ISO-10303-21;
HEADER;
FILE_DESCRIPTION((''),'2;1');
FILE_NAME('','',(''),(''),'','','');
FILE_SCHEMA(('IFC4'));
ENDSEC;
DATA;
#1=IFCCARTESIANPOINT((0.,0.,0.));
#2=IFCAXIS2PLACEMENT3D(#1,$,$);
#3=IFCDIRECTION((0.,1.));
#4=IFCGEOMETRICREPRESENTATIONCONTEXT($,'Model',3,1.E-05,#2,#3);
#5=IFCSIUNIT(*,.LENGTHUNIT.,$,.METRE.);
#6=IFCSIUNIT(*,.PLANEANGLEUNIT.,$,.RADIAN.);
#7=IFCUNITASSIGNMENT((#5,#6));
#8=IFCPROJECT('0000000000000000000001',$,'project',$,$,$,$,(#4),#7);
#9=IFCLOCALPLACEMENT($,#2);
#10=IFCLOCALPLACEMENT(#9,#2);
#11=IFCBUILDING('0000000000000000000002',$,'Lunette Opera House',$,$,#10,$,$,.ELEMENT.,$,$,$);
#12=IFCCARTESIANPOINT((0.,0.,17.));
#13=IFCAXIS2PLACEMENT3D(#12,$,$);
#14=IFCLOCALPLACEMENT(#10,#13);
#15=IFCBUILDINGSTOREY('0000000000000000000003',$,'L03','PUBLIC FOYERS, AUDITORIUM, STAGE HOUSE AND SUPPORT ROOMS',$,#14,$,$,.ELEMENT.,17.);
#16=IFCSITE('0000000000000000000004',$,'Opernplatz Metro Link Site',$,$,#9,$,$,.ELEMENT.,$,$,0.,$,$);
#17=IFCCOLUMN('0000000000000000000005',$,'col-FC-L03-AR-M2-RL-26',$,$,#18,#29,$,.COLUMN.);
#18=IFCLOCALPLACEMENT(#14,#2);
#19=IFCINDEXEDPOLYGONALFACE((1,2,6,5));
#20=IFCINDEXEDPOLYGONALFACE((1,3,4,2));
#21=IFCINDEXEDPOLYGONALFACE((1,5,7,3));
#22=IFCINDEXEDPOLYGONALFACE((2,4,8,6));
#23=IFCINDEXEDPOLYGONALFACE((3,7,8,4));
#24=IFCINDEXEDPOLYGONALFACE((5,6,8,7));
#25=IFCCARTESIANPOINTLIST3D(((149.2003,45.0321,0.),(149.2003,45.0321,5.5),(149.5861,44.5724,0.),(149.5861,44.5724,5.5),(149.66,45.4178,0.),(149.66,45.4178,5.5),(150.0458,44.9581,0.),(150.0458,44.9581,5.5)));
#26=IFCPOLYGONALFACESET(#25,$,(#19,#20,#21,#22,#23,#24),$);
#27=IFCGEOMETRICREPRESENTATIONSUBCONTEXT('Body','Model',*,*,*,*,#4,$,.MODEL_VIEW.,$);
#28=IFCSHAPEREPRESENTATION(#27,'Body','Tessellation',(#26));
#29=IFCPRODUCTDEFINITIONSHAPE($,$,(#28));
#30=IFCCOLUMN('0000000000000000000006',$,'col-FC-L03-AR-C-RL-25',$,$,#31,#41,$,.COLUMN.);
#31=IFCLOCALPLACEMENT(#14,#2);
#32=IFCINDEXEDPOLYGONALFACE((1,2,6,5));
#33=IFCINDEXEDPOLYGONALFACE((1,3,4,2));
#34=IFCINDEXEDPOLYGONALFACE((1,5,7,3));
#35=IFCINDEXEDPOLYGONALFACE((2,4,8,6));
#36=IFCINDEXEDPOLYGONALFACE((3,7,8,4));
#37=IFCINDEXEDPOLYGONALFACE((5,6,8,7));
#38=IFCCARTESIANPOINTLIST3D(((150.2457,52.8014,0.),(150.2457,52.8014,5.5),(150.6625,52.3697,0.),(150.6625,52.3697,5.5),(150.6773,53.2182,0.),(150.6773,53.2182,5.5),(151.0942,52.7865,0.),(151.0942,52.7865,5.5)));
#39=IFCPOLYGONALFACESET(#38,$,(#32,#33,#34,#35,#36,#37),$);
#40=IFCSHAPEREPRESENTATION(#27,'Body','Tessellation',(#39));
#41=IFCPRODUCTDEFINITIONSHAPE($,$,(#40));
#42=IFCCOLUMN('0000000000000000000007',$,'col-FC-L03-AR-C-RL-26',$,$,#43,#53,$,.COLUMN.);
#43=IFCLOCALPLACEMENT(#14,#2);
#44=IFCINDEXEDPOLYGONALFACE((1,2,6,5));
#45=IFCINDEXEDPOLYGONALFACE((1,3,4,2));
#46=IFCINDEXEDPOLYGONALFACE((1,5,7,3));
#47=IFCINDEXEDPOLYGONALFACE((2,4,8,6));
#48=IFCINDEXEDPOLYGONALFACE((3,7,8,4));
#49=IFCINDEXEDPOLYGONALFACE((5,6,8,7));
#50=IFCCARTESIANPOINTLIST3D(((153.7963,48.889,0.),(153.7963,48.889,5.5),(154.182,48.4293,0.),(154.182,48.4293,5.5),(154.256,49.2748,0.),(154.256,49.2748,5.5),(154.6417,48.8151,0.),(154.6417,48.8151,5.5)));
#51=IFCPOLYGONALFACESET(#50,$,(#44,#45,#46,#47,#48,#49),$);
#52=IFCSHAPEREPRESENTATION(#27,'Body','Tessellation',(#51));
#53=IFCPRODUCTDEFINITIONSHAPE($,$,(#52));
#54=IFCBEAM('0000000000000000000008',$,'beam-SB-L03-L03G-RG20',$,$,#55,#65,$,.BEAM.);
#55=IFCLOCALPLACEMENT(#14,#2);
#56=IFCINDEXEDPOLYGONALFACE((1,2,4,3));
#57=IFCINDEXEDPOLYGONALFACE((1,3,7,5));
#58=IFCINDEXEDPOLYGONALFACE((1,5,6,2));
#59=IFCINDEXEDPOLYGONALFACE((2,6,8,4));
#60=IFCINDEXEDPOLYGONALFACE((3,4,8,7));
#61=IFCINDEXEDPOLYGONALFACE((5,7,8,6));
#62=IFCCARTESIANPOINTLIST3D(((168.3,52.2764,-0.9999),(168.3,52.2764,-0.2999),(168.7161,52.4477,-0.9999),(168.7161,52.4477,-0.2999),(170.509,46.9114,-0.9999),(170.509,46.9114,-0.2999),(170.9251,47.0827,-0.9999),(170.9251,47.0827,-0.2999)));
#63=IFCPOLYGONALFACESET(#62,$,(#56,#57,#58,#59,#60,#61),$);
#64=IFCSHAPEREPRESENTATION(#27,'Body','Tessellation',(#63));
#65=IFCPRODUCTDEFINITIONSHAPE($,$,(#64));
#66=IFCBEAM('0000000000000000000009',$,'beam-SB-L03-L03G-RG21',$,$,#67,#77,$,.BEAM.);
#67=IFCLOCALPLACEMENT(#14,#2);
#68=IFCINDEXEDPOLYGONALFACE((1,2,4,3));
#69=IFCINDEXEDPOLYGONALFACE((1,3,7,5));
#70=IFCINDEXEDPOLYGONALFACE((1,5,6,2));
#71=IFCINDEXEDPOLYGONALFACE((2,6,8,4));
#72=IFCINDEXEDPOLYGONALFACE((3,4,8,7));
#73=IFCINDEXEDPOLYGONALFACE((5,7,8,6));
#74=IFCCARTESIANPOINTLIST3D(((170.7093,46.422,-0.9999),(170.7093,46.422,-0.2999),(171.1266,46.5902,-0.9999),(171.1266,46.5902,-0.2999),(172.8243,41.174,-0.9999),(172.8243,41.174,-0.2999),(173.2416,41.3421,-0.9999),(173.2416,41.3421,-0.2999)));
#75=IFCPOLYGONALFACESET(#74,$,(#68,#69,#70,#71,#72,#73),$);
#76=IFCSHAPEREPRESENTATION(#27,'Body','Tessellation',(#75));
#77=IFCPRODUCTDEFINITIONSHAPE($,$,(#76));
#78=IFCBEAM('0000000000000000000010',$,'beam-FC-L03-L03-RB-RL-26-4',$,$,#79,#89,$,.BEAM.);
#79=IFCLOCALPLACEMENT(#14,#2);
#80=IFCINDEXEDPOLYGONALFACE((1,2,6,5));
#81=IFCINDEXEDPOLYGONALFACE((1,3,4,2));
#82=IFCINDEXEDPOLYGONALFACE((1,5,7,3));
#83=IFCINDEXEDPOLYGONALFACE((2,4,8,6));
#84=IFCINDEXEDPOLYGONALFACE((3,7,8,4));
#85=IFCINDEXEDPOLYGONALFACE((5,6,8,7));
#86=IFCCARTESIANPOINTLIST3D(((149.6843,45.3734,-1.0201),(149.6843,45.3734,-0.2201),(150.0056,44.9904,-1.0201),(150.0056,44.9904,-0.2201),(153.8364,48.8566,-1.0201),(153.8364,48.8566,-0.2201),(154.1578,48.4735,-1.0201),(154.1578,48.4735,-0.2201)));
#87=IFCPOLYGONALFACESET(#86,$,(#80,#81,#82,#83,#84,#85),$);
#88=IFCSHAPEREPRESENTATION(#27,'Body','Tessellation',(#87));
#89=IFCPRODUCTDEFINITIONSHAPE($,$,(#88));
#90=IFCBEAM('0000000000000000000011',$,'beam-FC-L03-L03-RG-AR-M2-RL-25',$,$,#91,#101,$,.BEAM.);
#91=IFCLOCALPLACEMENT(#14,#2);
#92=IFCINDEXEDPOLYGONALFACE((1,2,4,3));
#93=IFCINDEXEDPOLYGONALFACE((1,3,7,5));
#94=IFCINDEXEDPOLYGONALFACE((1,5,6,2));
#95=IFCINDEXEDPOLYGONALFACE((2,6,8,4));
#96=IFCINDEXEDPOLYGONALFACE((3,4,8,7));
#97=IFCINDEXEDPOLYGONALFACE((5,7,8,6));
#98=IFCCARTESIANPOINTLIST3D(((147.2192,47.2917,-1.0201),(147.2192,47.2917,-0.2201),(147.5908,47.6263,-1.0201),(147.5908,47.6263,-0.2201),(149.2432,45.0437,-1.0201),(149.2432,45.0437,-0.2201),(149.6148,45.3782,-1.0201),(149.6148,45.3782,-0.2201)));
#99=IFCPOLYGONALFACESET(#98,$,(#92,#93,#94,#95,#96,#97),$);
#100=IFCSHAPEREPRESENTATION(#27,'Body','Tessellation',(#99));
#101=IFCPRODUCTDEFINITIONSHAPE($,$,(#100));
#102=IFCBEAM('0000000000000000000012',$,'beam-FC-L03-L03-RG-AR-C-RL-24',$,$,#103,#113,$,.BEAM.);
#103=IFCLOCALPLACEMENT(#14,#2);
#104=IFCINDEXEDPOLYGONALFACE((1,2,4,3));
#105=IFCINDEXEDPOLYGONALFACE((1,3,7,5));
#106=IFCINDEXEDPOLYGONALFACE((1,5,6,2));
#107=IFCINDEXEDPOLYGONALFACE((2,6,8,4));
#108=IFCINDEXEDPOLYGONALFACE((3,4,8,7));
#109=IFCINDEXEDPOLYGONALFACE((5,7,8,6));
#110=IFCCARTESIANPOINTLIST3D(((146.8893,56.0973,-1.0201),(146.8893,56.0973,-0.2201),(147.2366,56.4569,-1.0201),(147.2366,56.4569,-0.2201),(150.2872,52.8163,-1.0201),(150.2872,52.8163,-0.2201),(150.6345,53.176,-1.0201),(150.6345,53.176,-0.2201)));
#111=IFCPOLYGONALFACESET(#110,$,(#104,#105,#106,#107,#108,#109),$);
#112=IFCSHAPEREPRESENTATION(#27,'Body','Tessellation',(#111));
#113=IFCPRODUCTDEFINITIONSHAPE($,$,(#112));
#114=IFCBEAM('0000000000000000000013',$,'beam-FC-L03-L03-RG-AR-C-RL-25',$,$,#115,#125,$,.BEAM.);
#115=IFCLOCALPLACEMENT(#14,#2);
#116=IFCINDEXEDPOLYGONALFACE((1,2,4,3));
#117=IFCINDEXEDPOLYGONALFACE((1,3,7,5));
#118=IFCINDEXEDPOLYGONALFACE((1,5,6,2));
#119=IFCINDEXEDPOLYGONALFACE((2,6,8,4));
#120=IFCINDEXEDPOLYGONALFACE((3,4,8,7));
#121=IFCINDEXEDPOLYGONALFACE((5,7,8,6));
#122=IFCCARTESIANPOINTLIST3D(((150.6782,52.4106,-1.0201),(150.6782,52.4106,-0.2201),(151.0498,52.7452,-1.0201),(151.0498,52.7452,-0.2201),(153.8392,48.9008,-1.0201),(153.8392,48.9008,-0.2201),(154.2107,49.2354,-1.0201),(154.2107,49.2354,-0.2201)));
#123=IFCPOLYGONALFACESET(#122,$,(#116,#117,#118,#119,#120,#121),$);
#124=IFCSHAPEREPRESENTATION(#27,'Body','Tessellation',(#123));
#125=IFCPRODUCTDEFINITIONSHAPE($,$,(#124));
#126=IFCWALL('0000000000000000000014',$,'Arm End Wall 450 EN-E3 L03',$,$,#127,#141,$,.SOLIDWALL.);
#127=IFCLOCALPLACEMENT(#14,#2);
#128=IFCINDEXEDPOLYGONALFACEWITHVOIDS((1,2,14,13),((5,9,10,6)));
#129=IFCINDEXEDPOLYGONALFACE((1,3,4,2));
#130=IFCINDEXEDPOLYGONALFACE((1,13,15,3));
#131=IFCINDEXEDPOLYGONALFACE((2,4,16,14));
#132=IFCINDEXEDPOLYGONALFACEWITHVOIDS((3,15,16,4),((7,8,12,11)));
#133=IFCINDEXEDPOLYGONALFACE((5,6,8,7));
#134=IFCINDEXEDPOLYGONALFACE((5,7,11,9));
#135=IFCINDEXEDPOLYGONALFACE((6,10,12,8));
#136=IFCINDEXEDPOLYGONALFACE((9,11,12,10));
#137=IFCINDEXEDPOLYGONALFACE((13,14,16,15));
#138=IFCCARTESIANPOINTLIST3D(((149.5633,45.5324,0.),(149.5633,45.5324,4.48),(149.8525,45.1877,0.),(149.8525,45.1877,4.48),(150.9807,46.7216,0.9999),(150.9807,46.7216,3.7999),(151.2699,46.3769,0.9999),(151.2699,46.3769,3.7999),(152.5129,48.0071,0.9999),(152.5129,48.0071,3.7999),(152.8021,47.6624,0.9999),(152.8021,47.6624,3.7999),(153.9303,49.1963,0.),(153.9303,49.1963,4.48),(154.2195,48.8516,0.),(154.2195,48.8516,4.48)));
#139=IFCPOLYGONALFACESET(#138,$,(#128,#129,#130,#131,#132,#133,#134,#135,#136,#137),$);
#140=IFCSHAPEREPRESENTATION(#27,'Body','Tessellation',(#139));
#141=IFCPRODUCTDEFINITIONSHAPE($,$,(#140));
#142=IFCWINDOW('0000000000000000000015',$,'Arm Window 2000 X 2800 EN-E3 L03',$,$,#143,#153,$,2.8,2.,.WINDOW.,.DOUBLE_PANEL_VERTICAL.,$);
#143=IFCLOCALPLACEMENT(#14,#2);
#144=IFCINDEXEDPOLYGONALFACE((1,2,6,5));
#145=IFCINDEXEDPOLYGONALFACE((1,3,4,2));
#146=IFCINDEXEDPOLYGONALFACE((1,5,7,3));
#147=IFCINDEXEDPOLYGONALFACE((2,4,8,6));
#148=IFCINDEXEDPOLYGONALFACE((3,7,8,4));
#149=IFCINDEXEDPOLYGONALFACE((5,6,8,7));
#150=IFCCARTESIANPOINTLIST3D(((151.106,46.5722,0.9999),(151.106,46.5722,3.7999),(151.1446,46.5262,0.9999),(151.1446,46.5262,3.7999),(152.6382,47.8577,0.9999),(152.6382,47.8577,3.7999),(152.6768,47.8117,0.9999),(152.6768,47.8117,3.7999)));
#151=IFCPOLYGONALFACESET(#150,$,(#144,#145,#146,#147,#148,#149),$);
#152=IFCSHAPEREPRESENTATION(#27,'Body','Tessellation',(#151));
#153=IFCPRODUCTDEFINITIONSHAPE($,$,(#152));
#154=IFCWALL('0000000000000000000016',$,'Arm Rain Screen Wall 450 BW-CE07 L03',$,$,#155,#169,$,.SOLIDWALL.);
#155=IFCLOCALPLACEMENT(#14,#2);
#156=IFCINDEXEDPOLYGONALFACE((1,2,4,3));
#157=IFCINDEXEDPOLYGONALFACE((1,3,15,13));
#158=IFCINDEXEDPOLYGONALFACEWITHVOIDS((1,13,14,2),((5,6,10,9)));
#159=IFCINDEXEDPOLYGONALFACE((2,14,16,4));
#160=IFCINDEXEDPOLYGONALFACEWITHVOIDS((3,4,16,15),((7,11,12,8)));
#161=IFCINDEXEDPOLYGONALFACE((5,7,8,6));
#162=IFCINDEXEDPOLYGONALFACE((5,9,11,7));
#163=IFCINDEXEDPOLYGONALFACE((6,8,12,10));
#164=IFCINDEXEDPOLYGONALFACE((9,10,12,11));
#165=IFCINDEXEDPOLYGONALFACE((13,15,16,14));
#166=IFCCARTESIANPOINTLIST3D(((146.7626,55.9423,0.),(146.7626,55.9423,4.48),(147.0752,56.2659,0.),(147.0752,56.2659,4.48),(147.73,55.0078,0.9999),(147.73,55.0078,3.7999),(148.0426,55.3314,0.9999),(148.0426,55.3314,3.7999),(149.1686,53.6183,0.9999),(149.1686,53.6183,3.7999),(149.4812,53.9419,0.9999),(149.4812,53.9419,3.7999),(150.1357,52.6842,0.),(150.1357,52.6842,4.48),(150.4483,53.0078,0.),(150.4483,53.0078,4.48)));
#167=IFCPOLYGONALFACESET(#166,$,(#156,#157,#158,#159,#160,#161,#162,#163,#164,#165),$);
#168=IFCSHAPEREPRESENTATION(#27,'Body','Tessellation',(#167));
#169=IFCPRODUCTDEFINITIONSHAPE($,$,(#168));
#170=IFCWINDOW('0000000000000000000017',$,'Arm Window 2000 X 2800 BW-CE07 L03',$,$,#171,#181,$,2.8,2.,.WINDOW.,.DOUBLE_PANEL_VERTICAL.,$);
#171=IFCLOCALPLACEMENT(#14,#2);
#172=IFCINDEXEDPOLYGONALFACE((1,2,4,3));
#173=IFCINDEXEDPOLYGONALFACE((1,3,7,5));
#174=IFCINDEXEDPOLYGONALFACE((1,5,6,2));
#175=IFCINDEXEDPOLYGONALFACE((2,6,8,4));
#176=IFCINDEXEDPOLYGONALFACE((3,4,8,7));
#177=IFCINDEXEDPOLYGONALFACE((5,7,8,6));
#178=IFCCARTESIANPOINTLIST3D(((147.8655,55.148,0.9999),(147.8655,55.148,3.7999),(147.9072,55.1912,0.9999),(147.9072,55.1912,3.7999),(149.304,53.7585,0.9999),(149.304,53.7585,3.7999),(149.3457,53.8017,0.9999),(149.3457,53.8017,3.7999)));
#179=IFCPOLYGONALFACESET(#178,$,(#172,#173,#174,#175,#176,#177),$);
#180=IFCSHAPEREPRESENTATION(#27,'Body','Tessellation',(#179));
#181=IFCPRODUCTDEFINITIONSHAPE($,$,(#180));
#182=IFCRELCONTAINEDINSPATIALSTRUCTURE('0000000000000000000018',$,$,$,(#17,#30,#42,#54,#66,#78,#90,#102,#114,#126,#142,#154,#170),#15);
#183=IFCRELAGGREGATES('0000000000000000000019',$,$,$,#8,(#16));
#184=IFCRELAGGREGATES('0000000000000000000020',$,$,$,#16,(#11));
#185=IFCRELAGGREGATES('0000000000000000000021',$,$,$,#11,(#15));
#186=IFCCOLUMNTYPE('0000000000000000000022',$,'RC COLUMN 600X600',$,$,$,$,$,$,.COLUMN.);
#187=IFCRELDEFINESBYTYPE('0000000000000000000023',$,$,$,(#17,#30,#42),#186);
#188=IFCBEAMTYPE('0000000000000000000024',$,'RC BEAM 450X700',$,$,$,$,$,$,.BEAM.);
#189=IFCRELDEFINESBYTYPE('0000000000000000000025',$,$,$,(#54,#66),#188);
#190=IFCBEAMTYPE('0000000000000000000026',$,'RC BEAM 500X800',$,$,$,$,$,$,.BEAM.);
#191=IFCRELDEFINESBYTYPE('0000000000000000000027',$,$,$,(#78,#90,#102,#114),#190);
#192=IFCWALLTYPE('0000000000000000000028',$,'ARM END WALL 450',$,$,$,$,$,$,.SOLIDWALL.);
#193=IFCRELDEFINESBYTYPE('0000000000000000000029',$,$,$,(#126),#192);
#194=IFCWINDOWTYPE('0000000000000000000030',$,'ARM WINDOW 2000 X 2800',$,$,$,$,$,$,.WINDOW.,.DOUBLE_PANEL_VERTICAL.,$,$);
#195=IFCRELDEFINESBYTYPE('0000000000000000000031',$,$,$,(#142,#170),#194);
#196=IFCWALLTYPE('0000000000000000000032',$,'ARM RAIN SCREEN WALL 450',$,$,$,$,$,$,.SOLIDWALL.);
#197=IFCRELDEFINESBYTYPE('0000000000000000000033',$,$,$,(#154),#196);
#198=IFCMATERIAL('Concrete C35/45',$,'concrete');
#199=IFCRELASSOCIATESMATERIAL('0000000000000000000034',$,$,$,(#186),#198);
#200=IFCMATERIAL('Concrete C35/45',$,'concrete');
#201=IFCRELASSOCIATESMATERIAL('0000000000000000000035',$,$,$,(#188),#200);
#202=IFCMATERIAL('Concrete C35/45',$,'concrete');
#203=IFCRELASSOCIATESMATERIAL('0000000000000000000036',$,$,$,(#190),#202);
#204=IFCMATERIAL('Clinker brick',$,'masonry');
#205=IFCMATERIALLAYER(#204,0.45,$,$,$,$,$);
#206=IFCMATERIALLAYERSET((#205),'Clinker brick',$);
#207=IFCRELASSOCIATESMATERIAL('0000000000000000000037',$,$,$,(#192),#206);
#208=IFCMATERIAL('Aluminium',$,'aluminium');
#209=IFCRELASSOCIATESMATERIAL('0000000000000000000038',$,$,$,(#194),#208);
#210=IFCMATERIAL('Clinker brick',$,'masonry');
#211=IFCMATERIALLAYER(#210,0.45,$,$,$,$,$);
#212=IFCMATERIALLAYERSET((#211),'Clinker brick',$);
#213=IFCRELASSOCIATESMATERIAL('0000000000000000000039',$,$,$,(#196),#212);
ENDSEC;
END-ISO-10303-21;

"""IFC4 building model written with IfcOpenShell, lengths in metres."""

from ifc_helpers import new_model, si_unit, direction, frame, frame_2d, origin, origin_2d, place, context, subcontext, project, spatial, rectangle, extrude, material, layer, layer_set, material_profile, profile_set, type_object, element, fill, save


model = new_model("IFC4")

# Units and contexts
model_context = context("Model", 3, precision=1e-05, world=origin(), true_north=direction((0.0, 1.0)))
body_context = subcontext(model_context, "Body", "Model", "MODEL_VIEW")
ifc_project = project(units=[si_unit("LENGTHUNIT", "METRE"), si_unit("PLANEANGLEUNIT", "RADIAN")], contexts=[model_context])

# Site, building, storey
site_placement = place(None, origin())
site = spatial("IfcSite", under=ifc_project, at=site_placement, Name="Opernplatz Metro Link Site", CompositionType="ELEMENT", RefElevation=0.0)
building_placement = place(site_placement, origin())
building = spatial("IfcBuilding", under=site, at=building_placement, Name="Lunette Opera House", CompositionType="ELEMENT")
storey_placement = place(building_placement, frame((0.0, 0.0, 17.0)))
storey = spatial("IfcBuildingStorey", under=building, at=storey_placement, Name="L03", Description="PUBLIC FOYERS, AUDITORIUM, STAGE HOUSE AND SUPPORT ROOMS", CompositionType="ELEMENT", Elevation=17.0)

# Columns
ifc_material_1 = material(Name="Concrete C35/45", Category="concrete")
ifc_material_profile_1 = material_profile(ifc_material_1, rectangle(XDim=0.6001, YDim=0.6001, at=origin_2d()), Name="RC COLUMN 600X600")
ifc_profile_set_1 = profile_set([ifc_material_profile_1], Name="Concrete C35/45")
column_type = type_object("IfcColumnType", Name="RC COLUMN 600X600", PredefinedType="COLUMN", material=ifc_profile_set_1)
for number, where, z_axis, x_axis, name in (
    (1, (149.623, 44.9951, 0.0), (0.0, 0.0, 1.0), (0.642788, -0.766044, 0.0), "col-FC-L03-AR-M2-RL-26"),
    (2, (150.6699, 52.7939, 0.0), (0.0, 0.0, 1.0), (0.694658, -0.71934, 0.0), "col-FC-L03-AR-C-RL-25"),
    (3, (154.219, 48.8521, 0.0), (0.0, 0.0, 1.0), (0.642788, -0.766044, 0.0), "col-FC-L03-AR-C-RL-26"),
):
    element("IfcColumn", number, at=place(storey_placement, frame(where, z_axis=z_axis, x_axis=x_axis)), inside=storey, type_object=column_type, Name=name, PredefinedType="COLUMN", context=body_context, shape_type="SweptSolid", body=[
        extrude(rectangle(XDim=0.6001, YDim=0.6001, at=origin_2d()), origin(), (0.0, 0.0, 1.0), 5.5),
    ])

# Beams
ifc_material_2 = material(Name="Concrete C35/45", Category="concrete")
ifc_material_profile_2 = material_profile(ifc_material_2, rectangle(XDim=0.45, YDim=0.7, at=origin_2d()), Name="RC BEAM 450X700")
ifc_profile_set_2 = profile_set([ifc_material_profile_2], Name="Concrete C35/45")
beam_type_1 = type_object("IfcBeamType", Name="RC BEAM 450X700", PredefinedType="BEAM", material=ifc_profile_set_2)
beam_1_placement = place(storey_placement, frame((168.5081, 52.3621, -0.6499), z_axis=(0.380731, -0.924686, 0.0), x_axis=(0.924686, 0.380731, 0.0)))
element("IfcBeam", 4, at=beam_1_placement, inside=storey, type_object=beam_type_1, Name="beam-SB-L03-L03G-RG20", PredefinedType="BEAM", context=body_context, shape_type="SweptSolid", body=[
    extrude(rectangle(XDim=0.45, YDim=0.7, at=origin_2d()), origin(), (0.0, 0.0, 1.0), 5.802),
])
beam_2_placement = place(storey_placement, frame((170.918, 46.5061, -0.6499), z_axis=(0.373792, -0.927512, 0.0), x_axis=(0.927512, 0.373792, 0.0)))
element("IfcBeam", 5, at=beam_2_placement, inside=storey, type_object=beam_type_1, Name="beam-SB-L03-L03G-RG21", PredefinedType="BEAM", context=body_context, shape_type="SweptSolid", body=[
    extrude(rectangle(XDim=0.45, YDim=0.7, at=origin_2d()), origin(), (0.0, 0.0, 1.0), 5.6582),
])
ifc_material_3 = material(Name="Concrete C35/45", Category="concrete")
ifc_material_profile_3 = material_profile(ifc_material_3, rectangle(XDim=0.5, YDim=0.8, at=origin_2d()), Name="RC BEAM 500X800")
ifc_profile_set_3 = profile_set([ifc_material_profile_3], Name="Concrete C35/45")
beam_type_2 = type_object("IfcBeamType", Name="RC BEAM 500X800", PredefinedType="BEAM", material=ifc_profile_set_3)
beam_3_placement = place(storey_placement, frame((149.845, 45.1819, -0.6201), z_axis=(0.766124, 0.642693, 0.0), x_axis=(-0.642693, 0.766124, 0.0)))
element("IfcBeam", 6, at=beam_3_placement, inside=storey, type_object=beam_type_2, Name="beam-FC-L03-L03-RB-RL-26-4", PredefinedType="BEAM", context=body_context, shape_type="SweptSolid", body=[
    extrude(rectangle(XDim=0.5, YDim=0.8, at=origin_2d()), origin(), (0.0, 0.0, 1.0), 5.4197),
])
beam_4_placement = place(storey_placement, frame((147.405, 47.459, -0.6201), z_axis=(0.66909, -0.743182, 0.0), x_axis=(0.743182, 0.66909, 0.0)))
element("IfcBeam", 7, at=beam_4_placement, inside=storey, type_object=beam_type_2, Name="beam-FC-L03-L03-RG-AR-M2-RL-25", PredefinedType="BEAM", context=body_context, shape_type="SweptSolid", body=[
    extrude(rectangle(XDim=0.5, YDim=0.8, at=origin_2d()), origin(), (0.0, 0.0, 1.0), 3.0249),
])
for number, where, z_axis, x_axis, name in (
    (8, (147.063, 56.2771, -0.6201), (0.719377, -0.694619, 0.0), (0.694619, 0.719377, 0.0), "beam-FC-L03-L03-RG-AR-C-RL-24"),
    (9, (150.864, 52.5779, -0.6201), (0.66921, -0.743073, 0.0), (0.743073, 0.66921, 0.0), "beam-FC-L03-L03-RG-AR-C-RL-25"),
):
    element("IfcBeam", number, at=place(storey_placement, frame(where, z_axis=z_axis, x_axis=x_axis)), inside=storey, type_object=beam_type_2, Name=name, PredefinedType="BEAM", context=body_context, shape_type="SweptSolid", body=[
        extrude(rectangle(XDim=0.5, YDim=0.8, at=origin_2d()), origin(), (0.0, 0.0, 1.0), 4.7234),
    ])

# Walls, openings, windows
ifc_material_4 = material(Name="Clinker brick", Category="masonry")
ifc_layer_1 = layer(ifc_material_4, 0.45)
ifc_layer_set_1 = layer_set([ifc_layer_1], Name="Clinker brick")
wall_type_1 = type_object("IfcWallType", Name="ARM END WALL 450", PredefinedType="SOLIDWALL", material=ifc_layer_set_1)
wall_1_placement = place(storey_placement, frame((149.708, 45.3601, 0.0), z_axis=(0.0, 0.0, 1.0), x_axis=(0.766086, 0.642738, 0.0)))
wall_1 = element("IfcWall", 10, at=wall_1_placement, inside=storey, type_object=wall_type_1, Name="Arm End Wall 450 EN-E3 L03", PredefinedType="SOLIDWALL", context=body_context, shape_type="SweptSolid", body=[
    extrude(rectangle(XDim=5.7004, YDim=0.45, at=frame_2d((2.8501, 0.0))), origin(), (0.0, 0.0, 1.0), 4.48),
])
opening_1_placement = place(wall_1_placement, frame((1.8501, 0.0, 1.0)))
opening_1 = element("IfcOpeningElement", 11, at=opening_1_placement, cuts=wall_1, PredefinedType="OPENING", context=body_context, shape_type="SweptSolid", body=[
    extrude(rectangle(XDim=2.0, YDim=2.8, at=frame_2d((1.0, 1.3999))), frame((0.0, 0.2371, 0.0), z_axis=(0.0, -1.0, 0.0), x_axis=(1.0, 0.0, 0.0)), (0.0, 0.0, 1.0), 0.4739),
])
ifc_material_5 = material(Name="Aluminium", Category="aluminium")
window_type = type_object("IfcWindowType", Name="ARM WINDOW 2000 X 2800", PartitioningType="DOUBLE_PANEL_VERTICAL", PredefinedType="WINDOW", material=ifc_material_5)
window_1_placement = place(opening_1_placement, origin())
window_1 = element("IfcWindow", 12, at=window_1_placement, inside=storey, type_object=window_type, Name="Arm Window 2000 X 2800 EN-E3 L03", OverallHeight=2.8, OverallWidth=2.0, PartitioningType="DOUBLE_PANEL_VERTICAL", PredefinedType="WINDOW", context=body_context, shape_type="SweptSolid", body=[
    extrude(rectangle(XDim=2.0, YDim=2.8, at=frame_2d((1.0, 1.3999))), frame((0.0, 0.03, 0.0), z_axis=(0.0, -1.0, 0.0), x_axis=(1.0, 0.0, 0.0)), (0.0, 0.0, 1.0), 0.0601),
])
fill(opening_1, window_1)
ifc_material_6 = material(Name="Clinker brick", Category="masonry")
ifc_layer_2 = layer(ifc_material_6, 0.45)
ifc_layer_set_2 = layer_set([ifc_layer_2], Name="Clinker brick")
wall_type_2 = type_object("IfcWallType", Name="ARM RAIN SCREEN WALL 450", PredefinedType="SOLIDWALL", material=ifc_layer_set_2)
wall_2_placement = place(storey_placement, frame((146.9189, 56.104, 0.0), z_axis=(0.0, 0.0, 1.0), x_axis=(0.719261, -0.69474, 0.0)))
wall_2 = element("IfcWall", 13, at=wall_2_placement, inside=storey, type_object=wall_type_2, Name="Arm Rain Screen Wall 450 BW-CE07 L03", PredefinedType="SOLIDWALL", context=body_context, shape_type="SweptSolid", body=[
    extrude(rectangle(XDim=4.6897, YDim=0.45, at=frame_2d((2.3447, 0.0))), origin(), (0.0, 0.0, 1.0), 4.48),
])
opening_2_placement = place(wall_2_placement, frame((1.345, 0.0, 1.0)))
opening_2 = element("IfcOpeningElement", 14, at=opening_2_placement, cuts=wall_2, PredefinedType="OPENING", context=body_context, shape_type="SweptSolid", body=[
    extrude(rectangle(XDim=2.0, YDim=2.8, at=frame_2d((1.0, 1.3999))), frame((0.0, 0.2371, 0.0), z_axis=(0.0, -1.0, 0.0), x_axis=(1.0, 0.0, 0.0)), (0.0, 0.0, 1.0), 0.4739),
])
window_2_placement = place(opening_2_placement, origin())
window_2 = element("IfcWindow", 15, at=window_2_placement, inside=storey, type_object=window_type, Name="Arm Window 2000 X 2800 BW-CE07 L03", OverallHeight=2.8, OverallWidth=2.0, PartitioningType="DOUBLE_PANEL_VERTICAL", PredefinedType="WINDOW", context=body_context, shape_type="SweptSolid", body=[
    extrude(rectangle(XDim=2.0, YDim=2.8, at=frame_2d((1.0, 1.3999))), frame((0.0, 0.03, 0.0), z_axis=(0.0, -1.0, 0.0), x_axis=(1.0, 0.0, 0.0)), (0.0, 0.0, 1.0), 0.0601),
])
fill(opening_2, window_2)

save(model, "model.ifc")
